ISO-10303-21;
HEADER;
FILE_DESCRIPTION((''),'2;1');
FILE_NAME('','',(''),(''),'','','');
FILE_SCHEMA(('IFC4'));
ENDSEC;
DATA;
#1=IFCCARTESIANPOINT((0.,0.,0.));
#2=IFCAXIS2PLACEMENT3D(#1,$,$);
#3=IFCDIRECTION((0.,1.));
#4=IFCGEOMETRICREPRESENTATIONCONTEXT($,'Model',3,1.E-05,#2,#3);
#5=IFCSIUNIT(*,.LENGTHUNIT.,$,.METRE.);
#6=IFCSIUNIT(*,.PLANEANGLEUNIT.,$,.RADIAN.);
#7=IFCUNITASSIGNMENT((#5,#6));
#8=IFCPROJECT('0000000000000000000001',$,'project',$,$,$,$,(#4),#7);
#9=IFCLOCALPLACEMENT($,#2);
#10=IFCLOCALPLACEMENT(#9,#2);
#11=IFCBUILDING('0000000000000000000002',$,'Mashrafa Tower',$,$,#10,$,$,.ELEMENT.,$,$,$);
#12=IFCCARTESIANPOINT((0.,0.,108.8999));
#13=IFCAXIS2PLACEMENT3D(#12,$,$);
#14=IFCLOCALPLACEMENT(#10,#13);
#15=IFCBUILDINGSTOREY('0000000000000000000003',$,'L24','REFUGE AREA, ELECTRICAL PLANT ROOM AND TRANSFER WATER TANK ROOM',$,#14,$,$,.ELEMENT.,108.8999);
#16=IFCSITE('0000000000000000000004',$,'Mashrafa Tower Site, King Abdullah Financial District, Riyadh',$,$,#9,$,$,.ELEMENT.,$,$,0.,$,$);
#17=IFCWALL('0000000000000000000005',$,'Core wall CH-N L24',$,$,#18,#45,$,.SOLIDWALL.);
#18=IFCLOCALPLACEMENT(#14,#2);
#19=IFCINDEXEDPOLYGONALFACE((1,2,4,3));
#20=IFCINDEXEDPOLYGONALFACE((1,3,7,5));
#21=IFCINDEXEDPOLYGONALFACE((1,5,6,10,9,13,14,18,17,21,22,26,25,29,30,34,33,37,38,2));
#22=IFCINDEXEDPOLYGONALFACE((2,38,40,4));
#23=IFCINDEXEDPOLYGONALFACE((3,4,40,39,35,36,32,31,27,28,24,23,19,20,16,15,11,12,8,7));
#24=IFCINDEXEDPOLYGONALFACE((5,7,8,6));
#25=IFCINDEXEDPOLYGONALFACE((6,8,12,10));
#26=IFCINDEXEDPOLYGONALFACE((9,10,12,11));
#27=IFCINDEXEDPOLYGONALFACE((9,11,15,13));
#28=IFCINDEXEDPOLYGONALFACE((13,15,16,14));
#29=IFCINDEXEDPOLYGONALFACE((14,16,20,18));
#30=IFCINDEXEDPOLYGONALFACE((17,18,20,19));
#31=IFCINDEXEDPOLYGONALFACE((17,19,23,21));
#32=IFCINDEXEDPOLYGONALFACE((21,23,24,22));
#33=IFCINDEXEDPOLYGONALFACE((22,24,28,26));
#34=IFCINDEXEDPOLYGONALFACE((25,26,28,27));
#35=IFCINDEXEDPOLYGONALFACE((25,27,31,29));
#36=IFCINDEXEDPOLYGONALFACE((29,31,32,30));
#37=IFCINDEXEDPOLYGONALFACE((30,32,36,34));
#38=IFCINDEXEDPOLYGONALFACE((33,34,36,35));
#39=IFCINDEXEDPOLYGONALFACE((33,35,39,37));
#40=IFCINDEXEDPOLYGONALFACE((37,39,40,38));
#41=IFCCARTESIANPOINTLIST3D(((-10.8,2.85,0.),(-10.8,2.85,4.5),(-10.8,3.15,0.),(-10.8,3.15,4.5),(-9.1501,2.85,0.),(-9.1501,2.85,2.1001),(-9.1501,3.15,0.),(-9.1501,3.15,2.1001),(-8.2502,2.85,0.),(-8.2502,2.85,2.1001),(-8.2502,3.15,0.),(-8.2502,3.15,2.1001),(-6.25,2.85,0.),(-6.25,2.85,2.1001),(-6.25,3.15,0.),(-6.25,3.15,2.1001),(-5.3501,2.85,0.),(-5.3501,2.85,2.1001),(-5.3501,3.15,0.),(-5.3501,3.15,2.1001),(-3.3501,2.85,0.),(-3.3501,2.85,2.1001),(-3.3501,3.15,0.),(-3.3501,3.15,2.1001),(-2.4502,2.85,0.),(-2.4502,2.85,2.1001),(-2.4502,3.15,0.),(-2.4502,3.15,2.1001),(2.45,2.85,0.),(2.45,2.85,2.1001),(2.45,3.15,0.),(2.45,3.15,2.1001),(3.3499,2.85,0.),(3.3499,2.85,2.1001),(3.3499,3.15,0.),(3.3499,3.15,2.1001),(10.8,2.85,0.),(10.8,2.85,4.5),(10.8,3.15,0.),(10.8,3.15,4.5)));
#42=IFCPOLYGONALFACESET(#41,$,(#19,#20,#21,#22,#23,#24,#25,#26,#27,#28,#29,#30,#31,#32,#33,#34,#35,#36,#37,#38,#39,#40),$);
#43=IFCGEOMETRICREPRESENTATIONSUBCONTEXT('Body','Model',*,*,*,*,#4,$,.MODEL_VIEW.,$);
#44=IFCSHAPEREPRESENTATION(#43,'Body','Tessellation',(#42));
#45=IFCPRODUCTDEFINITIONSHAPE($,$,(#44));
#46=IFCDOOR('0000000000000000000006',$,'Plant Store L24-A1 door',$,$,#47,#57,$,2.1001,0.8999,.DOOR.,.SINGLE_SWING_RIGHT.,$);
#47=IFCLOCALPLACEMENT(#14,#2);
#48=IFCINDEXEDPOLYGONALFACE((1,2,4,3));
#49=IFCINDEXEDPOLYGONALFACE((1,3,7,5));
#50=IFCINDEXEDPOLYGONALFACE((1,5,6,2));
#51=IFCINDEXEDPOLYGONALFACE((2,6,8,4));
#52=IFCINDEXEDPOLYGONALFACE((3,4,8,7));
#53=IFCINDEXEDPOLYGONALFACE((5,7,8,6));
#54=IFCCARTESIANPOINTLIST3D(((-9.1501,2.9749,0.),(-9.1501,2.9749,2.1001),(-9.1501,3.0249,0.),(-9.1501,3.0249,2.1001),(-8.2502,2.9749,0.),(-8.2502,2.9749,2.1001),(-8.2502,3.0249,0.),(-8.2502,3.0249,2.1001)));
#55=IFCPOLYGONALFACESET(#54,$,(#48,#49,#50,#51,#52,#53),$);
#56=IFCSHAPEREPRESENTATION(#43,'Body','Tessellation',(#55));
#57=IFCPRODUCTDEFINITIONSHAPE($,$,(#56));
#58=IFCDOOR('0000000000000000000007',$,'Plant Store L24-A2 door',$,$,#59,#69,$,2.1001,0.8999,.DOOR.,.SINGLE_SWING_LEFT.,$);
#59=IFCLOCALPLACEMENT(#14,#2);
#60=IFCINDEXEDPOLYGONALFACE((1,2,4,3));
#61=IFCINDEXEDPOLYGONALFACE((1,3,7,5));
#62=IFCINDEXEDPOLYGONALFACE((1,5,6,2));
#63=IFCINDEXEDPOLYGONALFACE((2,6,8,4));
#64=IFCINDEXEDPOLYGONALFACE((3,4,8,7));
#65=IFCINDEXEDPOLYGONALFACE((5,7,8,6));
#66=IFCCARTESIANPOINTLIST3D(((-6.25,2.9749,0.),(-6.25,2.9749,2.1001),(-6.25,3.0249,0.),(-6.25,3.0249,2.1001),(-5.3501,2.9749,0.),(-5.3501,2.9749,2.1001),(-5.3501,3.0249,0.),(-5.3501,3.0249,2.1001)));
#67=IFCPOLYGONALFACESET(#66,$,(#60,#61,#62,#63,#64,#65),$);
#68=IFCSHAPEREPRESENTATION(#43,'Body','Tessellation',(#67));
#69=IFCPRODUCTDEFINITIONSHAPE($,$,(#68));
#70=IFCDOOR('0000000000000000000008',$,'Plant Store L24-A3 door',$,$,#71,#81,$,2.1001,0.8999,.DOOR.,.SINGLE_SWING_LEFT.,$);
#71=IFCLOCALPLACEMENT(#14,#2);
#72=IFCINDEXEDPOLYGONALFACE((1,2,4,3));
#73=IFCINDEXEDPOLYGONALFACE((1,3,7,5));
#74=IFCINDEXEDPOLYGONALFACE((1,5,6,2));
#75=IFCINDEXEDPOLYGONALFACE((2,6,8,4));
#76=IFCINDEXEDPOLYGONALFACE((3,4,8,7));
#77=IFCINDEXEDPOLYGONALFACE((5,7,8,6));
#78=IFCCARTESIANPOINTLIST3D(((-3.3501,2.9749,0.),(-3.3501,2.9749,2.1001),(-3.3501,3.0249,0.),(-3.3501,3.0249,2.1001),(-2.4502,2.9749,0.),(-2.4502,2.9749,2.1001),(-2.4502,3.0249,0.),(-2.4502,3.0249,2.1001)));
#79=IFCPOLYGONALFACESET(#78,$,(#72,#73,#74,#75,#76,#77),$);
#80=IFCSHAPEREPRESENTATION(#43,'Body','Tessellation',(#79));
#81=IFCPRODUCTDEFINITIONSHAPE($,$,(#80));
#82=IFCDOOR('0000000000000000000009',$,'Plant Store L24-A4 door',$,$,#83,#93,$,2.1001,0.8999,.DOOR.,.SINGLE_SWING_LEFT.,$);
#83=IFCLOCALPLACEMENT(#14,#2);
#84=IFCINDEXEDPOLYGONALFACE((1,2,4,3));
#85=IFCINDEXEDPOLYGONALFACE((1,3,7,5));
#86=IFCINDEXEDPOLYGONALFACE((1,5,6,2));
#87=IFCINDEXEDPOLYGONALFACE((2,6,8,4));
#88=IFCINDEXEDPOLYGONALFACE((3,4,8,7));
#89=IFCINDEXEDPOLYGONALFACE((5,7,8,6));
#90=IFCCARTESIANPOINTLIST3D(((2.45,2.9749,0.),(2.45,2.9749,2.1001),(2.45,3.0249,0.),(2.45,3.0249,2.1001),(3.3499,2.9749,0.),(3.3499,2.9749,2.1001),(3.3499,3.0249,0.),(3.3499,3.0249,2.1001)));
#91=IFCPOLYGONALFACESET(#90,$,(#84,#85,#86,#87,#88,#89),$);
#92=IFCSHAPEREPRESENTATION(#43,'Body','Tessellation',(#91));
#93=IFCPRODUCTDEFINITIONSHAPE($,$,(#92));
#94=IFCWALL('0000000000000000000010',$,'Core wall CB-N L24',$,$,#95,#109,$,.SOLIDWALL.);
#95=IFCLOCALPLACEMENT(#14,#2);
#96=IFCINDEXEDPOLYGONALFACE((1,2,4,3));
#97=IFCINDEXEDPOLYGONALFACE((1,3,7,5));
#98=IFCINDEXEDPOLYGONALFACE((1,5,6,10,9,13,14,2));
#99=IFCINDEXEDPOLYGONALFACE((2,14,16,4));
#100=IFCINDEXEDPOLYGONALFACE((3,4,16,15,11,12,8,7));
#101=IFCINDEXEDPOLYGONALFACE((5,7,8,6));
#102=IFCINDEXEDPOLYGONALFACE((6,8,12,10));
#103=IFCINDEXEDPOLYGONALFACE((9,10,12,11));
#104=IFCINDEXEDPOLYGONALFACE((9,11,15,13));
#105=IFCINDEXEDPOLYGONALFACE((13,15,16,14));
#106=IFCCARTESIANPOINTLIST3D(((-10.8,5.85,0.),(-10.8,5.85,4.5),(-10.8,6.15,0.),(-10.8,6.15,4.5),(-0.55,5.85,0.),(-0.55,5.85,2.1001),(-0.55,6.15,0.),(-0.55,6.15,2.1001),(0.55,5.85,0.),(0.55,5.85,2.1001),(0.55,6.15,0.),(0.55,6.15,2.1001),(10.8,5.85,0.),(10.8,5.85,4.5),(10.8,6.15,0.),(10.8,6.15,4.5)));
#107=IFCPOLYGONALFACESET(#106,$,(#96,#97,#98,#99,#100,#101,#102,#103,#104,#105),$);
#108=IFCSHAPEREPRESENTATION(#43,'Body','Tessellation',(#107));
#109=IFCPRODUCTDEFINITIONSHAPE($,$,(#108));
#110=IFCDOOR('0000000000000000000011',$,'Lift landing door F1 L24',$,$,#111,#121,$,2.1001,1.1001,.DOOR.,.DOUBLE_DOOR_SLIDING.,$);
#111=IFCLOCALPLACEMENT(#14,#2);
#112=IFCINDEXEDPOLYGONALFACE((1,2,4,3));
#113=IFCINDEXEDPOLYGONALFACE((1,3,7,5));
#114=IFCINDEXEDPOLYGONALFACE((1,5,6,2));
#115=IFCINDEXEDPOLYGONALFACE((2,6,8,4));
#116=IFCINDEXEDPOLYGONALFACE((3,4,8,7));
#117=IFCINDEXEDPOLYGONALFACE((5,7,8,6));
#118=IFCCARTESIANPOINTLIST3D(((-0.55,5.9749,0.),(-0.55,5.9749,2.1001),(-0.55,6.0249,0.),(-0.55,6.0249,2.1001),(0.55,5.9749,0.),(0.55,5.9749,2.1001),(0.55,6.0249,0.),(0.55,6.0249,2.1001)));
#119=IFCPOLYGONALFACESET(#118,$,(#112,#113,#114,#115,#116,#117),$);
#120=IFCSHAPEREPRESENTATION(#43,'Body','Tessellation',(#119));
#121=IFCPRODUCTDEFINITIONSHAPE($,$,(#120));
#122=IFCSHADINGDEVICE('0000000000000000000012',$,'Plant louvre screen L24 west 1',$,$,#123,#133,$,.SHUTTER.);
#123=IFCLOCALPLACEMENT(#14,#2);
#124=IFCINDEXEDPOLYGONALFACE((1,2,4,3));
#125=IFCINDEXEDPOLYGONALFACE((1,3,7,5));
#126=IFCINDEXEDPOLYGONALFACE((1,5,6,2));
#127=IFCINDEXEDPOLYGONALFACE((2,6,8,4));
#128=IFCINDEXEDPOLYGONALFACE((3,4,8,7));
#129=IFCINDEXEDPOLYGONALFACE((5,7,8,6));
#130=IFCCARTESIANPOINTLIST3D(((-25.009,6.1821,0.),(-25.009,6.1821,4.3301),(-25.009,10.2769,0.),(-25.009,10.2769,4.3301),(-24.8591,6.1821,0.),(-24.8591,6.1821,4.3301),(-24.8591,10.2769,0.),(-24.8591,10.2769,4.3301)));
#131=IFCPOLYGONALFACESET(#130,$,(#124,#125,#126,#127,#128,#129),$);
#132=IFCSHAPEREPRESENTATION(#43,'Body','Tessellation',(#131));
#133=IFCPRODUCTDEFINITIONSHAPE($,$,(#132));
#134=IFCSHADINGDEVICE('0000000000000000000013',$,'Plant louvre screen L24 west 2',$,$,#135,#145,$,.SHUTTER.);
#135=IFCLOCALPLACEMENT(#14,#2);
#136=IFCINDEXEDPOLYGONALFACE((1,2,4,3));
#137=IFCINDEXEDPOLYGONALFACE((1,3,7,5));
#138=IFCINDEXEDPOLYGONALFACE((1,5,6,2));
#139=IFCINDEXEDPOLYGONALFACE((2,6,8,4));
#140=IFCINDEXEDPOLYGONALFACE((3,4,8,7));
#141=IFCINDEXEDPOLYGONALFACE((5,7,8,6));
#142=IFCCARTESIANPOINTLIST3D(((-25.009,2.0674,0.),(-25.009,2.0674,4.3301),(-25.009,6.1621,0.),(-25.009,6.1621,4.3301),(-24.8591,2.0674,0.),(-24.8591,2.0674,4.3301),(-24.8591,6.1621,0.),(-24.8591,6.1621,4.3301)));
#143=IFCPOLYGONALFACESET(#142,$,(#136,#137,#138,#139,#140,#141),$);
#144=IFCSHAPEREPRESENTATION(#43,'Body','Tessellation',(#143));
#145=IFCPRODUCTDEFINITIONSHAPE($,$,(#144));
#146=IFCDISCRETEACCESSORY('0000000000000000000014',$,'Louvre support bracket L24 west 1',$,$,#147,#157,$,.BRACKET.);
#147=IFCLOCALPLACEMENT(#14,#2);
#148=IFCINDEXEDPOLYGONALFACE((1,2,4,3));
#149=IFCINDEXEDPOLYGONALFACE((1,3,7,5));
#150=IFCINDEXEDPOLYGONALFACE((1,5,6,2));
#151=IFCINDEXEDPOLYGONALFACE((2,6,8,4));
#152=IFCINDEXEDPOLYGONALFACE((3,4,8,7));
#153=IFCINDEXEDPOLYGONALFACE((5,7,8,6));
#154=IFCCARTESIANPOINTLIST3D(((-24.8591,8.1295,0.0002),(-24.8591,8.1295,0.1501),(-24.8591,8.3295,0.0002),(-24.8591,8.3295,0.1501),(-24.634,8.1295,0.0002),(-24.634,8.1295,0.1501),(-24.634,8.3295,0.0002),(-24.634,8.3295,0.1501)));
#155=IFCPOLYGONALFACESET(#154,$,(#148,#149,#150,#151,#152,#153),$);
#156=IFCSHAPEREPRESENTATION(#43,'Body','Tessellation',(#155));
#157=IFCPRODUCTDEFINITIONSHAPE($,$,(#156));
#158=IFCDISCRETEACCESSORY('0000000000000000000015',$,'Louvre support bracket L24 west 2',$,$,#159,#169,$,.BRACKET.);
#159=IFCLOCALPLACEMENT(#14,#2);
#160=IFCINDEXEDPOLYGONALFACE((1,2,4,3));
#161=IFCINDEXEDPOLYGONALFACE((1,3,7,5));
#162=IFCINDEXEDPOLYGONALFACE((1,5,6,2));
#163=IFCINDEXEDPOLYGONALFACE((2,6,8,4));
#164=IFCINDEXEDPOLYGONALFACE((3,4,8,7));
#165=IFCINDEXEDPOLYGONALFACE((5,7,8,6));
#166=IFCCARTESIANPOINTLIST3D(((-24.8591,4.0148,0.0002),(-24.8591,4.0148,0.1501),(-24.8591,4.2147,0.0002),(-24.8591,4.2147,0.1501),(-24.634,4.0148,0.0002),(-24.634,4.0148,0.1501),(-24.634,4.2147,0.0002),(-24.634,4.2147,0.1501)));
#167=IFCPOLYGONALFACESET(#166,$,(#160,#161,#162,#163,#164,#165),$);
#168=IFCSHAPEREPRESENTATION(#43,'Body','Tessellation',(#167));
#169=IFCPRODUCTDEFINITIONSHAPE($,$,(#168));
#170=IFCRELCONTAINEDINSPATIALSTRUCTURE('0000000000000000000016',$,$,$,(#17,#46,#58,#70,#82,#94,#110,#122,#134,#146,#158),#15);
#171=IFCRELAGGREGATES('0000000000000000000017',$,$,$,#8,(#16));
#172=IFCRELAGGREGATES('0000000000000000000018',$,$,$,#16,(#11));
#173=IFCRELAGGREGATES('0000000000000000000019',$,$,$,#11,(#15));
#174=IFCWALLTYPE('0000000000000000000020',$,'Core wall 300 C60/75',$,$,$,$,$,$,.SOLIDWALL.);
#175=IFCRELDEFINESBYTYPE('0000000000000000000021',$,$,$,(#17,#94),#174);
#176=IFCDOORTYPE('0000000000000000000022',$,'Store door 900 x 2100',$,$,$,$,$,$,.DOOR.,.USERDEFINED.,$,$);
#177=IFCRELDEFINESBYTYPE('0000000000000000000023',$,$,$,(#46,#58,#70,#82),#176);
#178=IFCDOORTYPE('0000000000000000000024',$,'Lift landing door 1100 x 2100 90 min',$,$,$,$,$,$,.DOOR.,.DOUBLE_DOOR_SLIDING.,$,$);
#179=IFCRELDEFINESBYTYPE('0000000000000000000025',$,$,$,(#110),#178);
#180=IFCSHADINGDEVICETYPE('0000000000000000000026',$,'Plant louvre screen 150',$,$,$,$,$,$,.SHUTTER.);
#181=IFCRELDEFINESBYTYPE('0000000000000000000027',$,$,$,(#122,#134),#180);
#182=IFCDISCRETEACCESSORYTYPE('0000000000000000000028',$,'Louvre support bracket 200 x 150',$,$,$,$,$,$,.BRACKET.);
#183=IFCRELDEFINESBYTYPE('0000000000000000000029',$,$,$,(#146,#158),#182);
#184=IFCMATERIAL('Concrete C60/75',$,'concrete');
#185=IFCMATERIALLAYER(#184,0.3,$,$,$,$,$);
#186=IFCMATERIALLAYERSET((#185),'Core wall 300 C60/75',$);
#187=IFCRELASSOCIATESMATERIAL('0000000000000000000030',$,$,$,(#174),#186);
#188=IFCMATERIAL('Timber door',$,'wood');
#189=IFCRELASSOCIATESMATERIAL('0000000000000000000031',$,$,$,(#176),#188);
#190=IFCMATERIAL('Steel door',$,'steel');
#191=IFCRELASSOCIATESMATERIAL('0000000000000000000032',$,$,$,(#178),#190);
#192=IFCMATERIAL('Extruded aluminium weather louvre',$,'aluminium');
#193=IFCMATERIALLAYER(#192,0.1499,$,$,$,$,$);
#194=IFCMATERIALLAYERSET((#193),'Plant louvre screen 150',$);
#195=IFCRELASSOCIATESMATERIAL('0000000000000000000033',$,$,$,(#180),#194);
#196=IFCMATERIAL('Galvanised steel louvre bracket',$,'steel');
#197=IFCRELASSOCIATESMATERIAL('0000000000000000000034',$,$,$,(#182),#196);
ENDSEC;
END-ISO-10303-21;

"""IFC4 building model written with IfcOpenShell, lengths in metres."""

from ifc_helpers import new_model, si_unit, direction, frame, frame_2d, origin, origin_2d, place, context, subcontext, project, spatial, rectangle, extrude, source, transform, mapped, material, layer, layer_set, type_object, type_shapes, element, fill, save


model = new_model("IFC4")

# Units and contexts
model_context = context("Model", 3, precision=1e-05, world=origin(), true_north=direction((0.0, 1.0)))
body_context = subcontext(model_context, "Body", "Model", "MODEL_VIEW")
ifc_project = project(units=[si_unit("LENGTHUNIT", "METRE"), si_unit("PLANEANGLEUNIT", "RADIAN")], contexts=[model_context])

# Site, building, storey
site_placement = place(None, origin())
site = spatial("IfcSite", under=ifc_project, at=site_placement, Name="Mashrafa Tower Site, King Abdullah Financial District, Riyadh", CompositionType="ELEMENT", RefElevation=0.0)
building_placement = place(site_placement, origin())
building = spatial("IfcBuilding", under=site, at=building_placement, Name="Mashrafa Tower", CompositionType="ELEMENT")
storey_placement = place(building_placement, frame((0.0, 0.0, 108.8999)))
storey = spatial("IfcBuildingStorey", under=building, at=storey_placement, Name="L24", Description="REFUGE AREA, ELECTRICAL PLANT ROOM AND TRANSFER WATER TANK ROOM", CompositionType="ELEMENT", Elevation=108.8999)

# Wall, openings, doors
ifc_material_1 = material(Name="Concrete C60/75", Category="concrete")
ifc_layer_1 = layer(ifc_material_1, 0.3)
ifc_layer_set_1 = layer_set([ifc_layer_1], Name="Core wall 300 C60/75")
wall_type = type_object("IfcWallType", Name="Core wall 300 C60/75", PredefinedType="SOLIDWALL", material=ifc_layer_set_1)
wall_1_placement = place(storey_placement, frame((-10.8, 3.0, 0.0), z_axis=(0.0, 0.0, 1.0), x_axis=(1.0, 0.0, 0.0)))
wall_1 = element("IfcWall", 1, at=wall_1_placement, inside=storey, type_object=wall_type, Name="Core wall CH-N L24", PredefinedType="SOLIDWALL", context=body_context, shape_type="SweptSolid", body=[
    extrude(rectangle(XDim=21.6001, YDim=0.3, at=frame_2d((10.8, 0.0))), origin(), (0.0, 0.0, 1.0), 4.5),
])
opening_1_placement = place(wall_1_placement, frame((1.6499, 0.0, 0.0)))
opening_1 = element("IfcOpeningElement", 2, at=opening_1_placement, cuts=wall_1, PredefinedType="OPENING", context=body_context, shape_type="SweptSolid", body=[
    extrude(rectangle(XDim=0.8999, YDim=2.1001, at=frame_2d((0.45, 1.05))), frame((0.0, 0.1599, 0.0), z_axis=(0.0, -1.0, 0.0), x_axis=(1.0, 0.0, 0.0)), (0.0, 0.0, 1.0), 0.3201),
])
opening_2_placement = place(wall_1_placement, frame((4.55, 0.0, 0.0)))
opening_2 = element("IfcOpeningElement", 3, at=opening_2_placement, cuts=wall_1, PredefinedType="OPENING", context=body_context, shape_type="SweptSolid", body=[
    extrude(rectangle(XDim=0.8999, YDim=2.1001, at=frame_2d((0.45, 1.05))), frame((0.0, 0.1599, 0.0), z_axis=(0.0, -1.0, 0.0), x_axis=(1.0, 0.0, 0.0)), (0.0, 0.0, 1.0), 0.3201),
])
opening_3_placement = place(wall_1_placement, frame((7.45, 0.0, 0.0)))
opening_3 = element("IfcOpeningElement", 4, at=opening_3_placement, cuts=wall_1, PredefinedType="OPENING", context=body_context, shape_type="SweptSolid", body=[
    extrude(rectangle(XDim=0.8999, YDim=2.1001, at=frame_2d((0.45, 1.05))), frame((0.0, 0.1599, 0.0), z_axis=(0.0, -1.0, 0.0), x_axis=(1.0, 0.0, 0.0)), (0.0, 0.0, 1.0), 0.3201),
])
opening_4_placement = place(wall_1_placement, frame((13.25, 0.0, 0.0)))
opening_4 = element("IfcOpeningElement", 5, at=opening_4_placement, cuts=wall_1, PredefinedType="OPENING", context=body_context, shape_type="SweptSolid", body=[
    extrude(rectangle(XDim=0.8999, YDim=2.1001, at=frame_2d((0.45, 1.05))), frame((0.0, 0.1599, 0.0), z_axis=(0.0, -1.0, 0.0), x_axis=(1.0, 0.0, 0.0)), (0.0, 0.0, 1.0), 0.3201),
])
ifc_material_2 = material(Name="Timber door", Category="wood")
door_type_1 = type_object("IfcDoorType", Name="Store door 900 x 2100", OperationType="USERDEFINED", PredefinedType="DOOR", material=ifc_material_2)
door_1_placement = place(opening_1_placement, origin())
door_1 = element("IfcDoor", 6, at=door_1_placement, inside=storey, type_object=door_type_1, Name="Plant Store L24-A1 door", OperationType="SINGLE_SWING_RIGHT", OverallHeight=2.1001, OverallWidth=0.8999, PredefinedType="DOOR", context=body_context, shape_type="SweptSolid", body=[
    extrude(rectangle(XDim=0.8999, YDim=2.1001, at=frame_2d((0.45, 1.05))), frame((0.0, 0.0249, 0.0), z_axis=(0.0, -1.0, 0.0), x_axis=(1.0, 0.0, 0.0)), (0.0, 0.0, 1.0), 0.05),
])
fill(opening_1, door_1)
door_2_placement = place(opening_2_placement, origin())
door_2 = element("IfcDoor", 7, at=door_2_placement, inside=storey, type_object=door_type_1, Name="Plant Store L24-A2 door", OperationType="SINGLE_SWING_LEFT", OverallHeight=2.1001, OverallWidth=0.8999, PredefinedType="DOOR", context=body_context, shape_type="SweptSolid", body=[
    extrude(rectangle(XDim=0.8999, YDim=2.1001, at=frame_2d((0.45, 1.05))), frame((0.0, 0.0249, 0.0), z_axis=(0.0, -1.0, 0.0), x_axis=(1.0, 0.0, 0.0)), (0.0, 0.0, 1.0), 0.05),
])
fill(opening_2, door_2)
door_3_placement = place(opening_3_placement, origin())
door_3 = element("IfcDoor", 8, at=door_3_placement, inside=storey, type_object=door_type_1, Name="Plant Store L24-A3 door", OperationType="SINGLE_SWING_LEFT", OverallHeight=2.1001, OverallWidth=0.8999, PredefinedType="DOOR", context=body_context, shape_type="SweptSolid", body=[
    extrude(rectangle(XDim=0.8999, YDim=2.1001, at=frame_2d((0.45, 1.05))), frame((0.0, 0.0249, 0.0), z_axis=(0.0, -1.0, 0.0), x_axis=(1.0, 0.0, 0.0)), (0.0, 0.0, 1.0), 0.05),
])
fill(opening_3, door_3)
door_4_placement = place(opening_4_placement, origin())
door_4 = element("IfcDoor", 9, at=door_4_placement, inside=storey, type_object=door_type_1, Name="Plant Store L24-A4 door", OperationType="SINGLE_SWING_LEFT", OverallHeight=2.1001, OverallWidth=0.8999, PredefinedType="DOOR", context=body_context, shape_type="SweptSolid", body=[
    extrude(rectangle(XDim=0.8999, YDim=2.1001, at=frame_2d((0.45, 1.05))), frame((0.0, 0.0249, 0.0), z_axis=(0.0, -1.0, 0.0), x_axis=(1.0, 0.0, 0.0)), (0.0, 0.0, 1.0), 0.05),
])
fill(opening_4, door_4)

# Wall, opening, door
wall_2_placement = place(storey_placement, frame((-10.8, 6.0, 0.0), z_axis=(0.0, 0.0, 1.0), x_axis=(1.0, 0.0, 0.0)))
wall_2 = element("IfcWall", 10, at=wall_2_placement, inside=storey, type_object=wall_type, Name="Core wall CB-N L24", PredefinedType="SOLIDWALL", context=body_context, shape_type="SweptSolid", body=[
    extrude(rectangle(XDim=21.6001, YDim=0.3, at=frame_2d((10.8, 0.0))), origin(), (0.0, 0.0, 1.0), 4.5),
])
opening_5_placement = place(wall_2_placement, frame((10.25, 0.0, 0.0)))
opening_5 = element("IfcOpeningElement", 11, at=opening_5_placement, cuts=wall_2, PredefinedType="OPENING", context=body_context, shape_type="SweptSolid", body=[
    extrude(rectangle(XDim=1.1001, YDim=2.1001, at=frame_2d((0.55, 1.05))), frame((0.0, 0.1599, 0.0), z_axis=(0.0, -1.0, 0.0), x_axis=(1.0, 0.0, 0.0)), (0.0, 0.0, 1.0), 0.3201),
])
ifc_material_3 = material(Name="Steel door", Category="steel")
door_type_2 = type_object("IfcDoorType", Name="Lift landing door 1100 x 2100 90 min", OperationType="DOUBLE_DOOR_SLIDING", PredefinedType="DOOR", material=ifc_material_3)
door_5_placement = place(opening_5_placement, origin())
door_5 = element("IfcDoor", 12, at=door_5_placement, inside=storey, type_object=door_type_2, Name="Lift landing door F1 L24", OperationType="DOUBLE_DOOR_SLIDING", OverallHeight=2.1001, OverallWidth=1.1001, PredefinedType="DOOR", context=body_context, shape_type="SweptSolid", body=[
    extrude(rectangle(XDim=1.1001, YDim=2.1001, at=frame_2d((0.55, 1.05))), frame((0.0, 0.0249, 0.0), z_axis=(0.0, -1.0, 0.0), x_axis=(1.0, 0.0, 0.0)), (0.0, 0.0, 1.0), 0.05),
])
fill(opening_5, door_5)

# Shading devices
ifc_material_4 = material(Name="Extruded aluminium weather louvre", Category="aluminium")
ifc_layer_2 = layer(ifc_material_4, 0.1499)
ifc_layer_set_2 = layer_set([ifc_layer_2], Name="Plant louvre screen 150")
shading_device_type = type_object("IfcShadingDeviceType", Name="Plant louvre screen 150", PredefinedType="SHUTTER", material=ifc_layer_set_2)
shared_shape_1 = source(origin(), body_context, "Body", "SweptSolid", [
    extrude(rectangle(XDim=4.0947, YDim=0.1499, at=origin_2d()), origin(), (0.0, 0.0, 1.0), 4.3301),
])
type_shapes(shading_device_type, [shared_shape_1])
for number, where, z_axis, x_axis, name in (
    (13, (-24.9341, 8.2295, 0.0), (0.0, 0.0, 1.0), (0.0, -1.0, 0.0), "Plant louvre screen L24 west 1"),
    (14, (-24.9341, 4.1147, 0.0), (0.0, 0.0, 1.0), (0.0, -1.0, 0.0), "Plant louvre screen L24 west 2"),
):
    element("IfcShadingDevice", number, at=place(storey_placement, frame(where, z_axis=z_axis, x_axis=x_axis)), inside=storey, type_object=shading_device_type, Name=name, PredefinedType="SHUTTER", context=body_context, shape_type="MappedRepresentation", body=[
        mapped(shared_shape_1, transform((0.0, 0.0, 0.0))),
    ])

# Discrete accessories
ifc_material_5 = material(Name="Galvanised steel louvre bracket", Category="steel")
discrete_accessory_type = type_object("IfcDiscreteAccessoryType", Name="Louvre support bracket 200 x 150", PredefinedType="BRACKET", material=ifc_material_5)
shared_shape_2 = source(origin(), body_context, "Body", "SweptSolid", [
    extrude(rectangle(XDim=0.2, YDim=0.2251, at=origin_2d()), origin(), (0.0, 0.0, 1.0), 0.1499),
])
type_shapes(discrete_accessory_type, [shared_shape_2])
for number, where, z_axis, x_axis, name in (
    (15, (-24.7466, 8.2295, 0.0002), (0.0, 0.0, 1.0), (0.0, -1.0, 0.0), "Louvre support bracket L24 west 1"),
    (16, (-24.7466, 4.1147, 0.0002), (0.0, 0.0, 1.0), (0.0, -1.0, 0.0), "Louvre support bracket L24 west 2"),
):
    element("IfcDiscreteAccessory", number, at=place(storey_placement, frame(where, z_axis=z_axis, x_axis=x_axis)), inside=storey, type_object=discrete_accessory_type, Name=name, PredefinedType="BRACKET", context=body_context, shape_type="MappedRepresentation", body=[
        mapped(shared_shape_2, transform((0.0, 0.0, 0.0))),
    ])

save(model, "model.ifc")
